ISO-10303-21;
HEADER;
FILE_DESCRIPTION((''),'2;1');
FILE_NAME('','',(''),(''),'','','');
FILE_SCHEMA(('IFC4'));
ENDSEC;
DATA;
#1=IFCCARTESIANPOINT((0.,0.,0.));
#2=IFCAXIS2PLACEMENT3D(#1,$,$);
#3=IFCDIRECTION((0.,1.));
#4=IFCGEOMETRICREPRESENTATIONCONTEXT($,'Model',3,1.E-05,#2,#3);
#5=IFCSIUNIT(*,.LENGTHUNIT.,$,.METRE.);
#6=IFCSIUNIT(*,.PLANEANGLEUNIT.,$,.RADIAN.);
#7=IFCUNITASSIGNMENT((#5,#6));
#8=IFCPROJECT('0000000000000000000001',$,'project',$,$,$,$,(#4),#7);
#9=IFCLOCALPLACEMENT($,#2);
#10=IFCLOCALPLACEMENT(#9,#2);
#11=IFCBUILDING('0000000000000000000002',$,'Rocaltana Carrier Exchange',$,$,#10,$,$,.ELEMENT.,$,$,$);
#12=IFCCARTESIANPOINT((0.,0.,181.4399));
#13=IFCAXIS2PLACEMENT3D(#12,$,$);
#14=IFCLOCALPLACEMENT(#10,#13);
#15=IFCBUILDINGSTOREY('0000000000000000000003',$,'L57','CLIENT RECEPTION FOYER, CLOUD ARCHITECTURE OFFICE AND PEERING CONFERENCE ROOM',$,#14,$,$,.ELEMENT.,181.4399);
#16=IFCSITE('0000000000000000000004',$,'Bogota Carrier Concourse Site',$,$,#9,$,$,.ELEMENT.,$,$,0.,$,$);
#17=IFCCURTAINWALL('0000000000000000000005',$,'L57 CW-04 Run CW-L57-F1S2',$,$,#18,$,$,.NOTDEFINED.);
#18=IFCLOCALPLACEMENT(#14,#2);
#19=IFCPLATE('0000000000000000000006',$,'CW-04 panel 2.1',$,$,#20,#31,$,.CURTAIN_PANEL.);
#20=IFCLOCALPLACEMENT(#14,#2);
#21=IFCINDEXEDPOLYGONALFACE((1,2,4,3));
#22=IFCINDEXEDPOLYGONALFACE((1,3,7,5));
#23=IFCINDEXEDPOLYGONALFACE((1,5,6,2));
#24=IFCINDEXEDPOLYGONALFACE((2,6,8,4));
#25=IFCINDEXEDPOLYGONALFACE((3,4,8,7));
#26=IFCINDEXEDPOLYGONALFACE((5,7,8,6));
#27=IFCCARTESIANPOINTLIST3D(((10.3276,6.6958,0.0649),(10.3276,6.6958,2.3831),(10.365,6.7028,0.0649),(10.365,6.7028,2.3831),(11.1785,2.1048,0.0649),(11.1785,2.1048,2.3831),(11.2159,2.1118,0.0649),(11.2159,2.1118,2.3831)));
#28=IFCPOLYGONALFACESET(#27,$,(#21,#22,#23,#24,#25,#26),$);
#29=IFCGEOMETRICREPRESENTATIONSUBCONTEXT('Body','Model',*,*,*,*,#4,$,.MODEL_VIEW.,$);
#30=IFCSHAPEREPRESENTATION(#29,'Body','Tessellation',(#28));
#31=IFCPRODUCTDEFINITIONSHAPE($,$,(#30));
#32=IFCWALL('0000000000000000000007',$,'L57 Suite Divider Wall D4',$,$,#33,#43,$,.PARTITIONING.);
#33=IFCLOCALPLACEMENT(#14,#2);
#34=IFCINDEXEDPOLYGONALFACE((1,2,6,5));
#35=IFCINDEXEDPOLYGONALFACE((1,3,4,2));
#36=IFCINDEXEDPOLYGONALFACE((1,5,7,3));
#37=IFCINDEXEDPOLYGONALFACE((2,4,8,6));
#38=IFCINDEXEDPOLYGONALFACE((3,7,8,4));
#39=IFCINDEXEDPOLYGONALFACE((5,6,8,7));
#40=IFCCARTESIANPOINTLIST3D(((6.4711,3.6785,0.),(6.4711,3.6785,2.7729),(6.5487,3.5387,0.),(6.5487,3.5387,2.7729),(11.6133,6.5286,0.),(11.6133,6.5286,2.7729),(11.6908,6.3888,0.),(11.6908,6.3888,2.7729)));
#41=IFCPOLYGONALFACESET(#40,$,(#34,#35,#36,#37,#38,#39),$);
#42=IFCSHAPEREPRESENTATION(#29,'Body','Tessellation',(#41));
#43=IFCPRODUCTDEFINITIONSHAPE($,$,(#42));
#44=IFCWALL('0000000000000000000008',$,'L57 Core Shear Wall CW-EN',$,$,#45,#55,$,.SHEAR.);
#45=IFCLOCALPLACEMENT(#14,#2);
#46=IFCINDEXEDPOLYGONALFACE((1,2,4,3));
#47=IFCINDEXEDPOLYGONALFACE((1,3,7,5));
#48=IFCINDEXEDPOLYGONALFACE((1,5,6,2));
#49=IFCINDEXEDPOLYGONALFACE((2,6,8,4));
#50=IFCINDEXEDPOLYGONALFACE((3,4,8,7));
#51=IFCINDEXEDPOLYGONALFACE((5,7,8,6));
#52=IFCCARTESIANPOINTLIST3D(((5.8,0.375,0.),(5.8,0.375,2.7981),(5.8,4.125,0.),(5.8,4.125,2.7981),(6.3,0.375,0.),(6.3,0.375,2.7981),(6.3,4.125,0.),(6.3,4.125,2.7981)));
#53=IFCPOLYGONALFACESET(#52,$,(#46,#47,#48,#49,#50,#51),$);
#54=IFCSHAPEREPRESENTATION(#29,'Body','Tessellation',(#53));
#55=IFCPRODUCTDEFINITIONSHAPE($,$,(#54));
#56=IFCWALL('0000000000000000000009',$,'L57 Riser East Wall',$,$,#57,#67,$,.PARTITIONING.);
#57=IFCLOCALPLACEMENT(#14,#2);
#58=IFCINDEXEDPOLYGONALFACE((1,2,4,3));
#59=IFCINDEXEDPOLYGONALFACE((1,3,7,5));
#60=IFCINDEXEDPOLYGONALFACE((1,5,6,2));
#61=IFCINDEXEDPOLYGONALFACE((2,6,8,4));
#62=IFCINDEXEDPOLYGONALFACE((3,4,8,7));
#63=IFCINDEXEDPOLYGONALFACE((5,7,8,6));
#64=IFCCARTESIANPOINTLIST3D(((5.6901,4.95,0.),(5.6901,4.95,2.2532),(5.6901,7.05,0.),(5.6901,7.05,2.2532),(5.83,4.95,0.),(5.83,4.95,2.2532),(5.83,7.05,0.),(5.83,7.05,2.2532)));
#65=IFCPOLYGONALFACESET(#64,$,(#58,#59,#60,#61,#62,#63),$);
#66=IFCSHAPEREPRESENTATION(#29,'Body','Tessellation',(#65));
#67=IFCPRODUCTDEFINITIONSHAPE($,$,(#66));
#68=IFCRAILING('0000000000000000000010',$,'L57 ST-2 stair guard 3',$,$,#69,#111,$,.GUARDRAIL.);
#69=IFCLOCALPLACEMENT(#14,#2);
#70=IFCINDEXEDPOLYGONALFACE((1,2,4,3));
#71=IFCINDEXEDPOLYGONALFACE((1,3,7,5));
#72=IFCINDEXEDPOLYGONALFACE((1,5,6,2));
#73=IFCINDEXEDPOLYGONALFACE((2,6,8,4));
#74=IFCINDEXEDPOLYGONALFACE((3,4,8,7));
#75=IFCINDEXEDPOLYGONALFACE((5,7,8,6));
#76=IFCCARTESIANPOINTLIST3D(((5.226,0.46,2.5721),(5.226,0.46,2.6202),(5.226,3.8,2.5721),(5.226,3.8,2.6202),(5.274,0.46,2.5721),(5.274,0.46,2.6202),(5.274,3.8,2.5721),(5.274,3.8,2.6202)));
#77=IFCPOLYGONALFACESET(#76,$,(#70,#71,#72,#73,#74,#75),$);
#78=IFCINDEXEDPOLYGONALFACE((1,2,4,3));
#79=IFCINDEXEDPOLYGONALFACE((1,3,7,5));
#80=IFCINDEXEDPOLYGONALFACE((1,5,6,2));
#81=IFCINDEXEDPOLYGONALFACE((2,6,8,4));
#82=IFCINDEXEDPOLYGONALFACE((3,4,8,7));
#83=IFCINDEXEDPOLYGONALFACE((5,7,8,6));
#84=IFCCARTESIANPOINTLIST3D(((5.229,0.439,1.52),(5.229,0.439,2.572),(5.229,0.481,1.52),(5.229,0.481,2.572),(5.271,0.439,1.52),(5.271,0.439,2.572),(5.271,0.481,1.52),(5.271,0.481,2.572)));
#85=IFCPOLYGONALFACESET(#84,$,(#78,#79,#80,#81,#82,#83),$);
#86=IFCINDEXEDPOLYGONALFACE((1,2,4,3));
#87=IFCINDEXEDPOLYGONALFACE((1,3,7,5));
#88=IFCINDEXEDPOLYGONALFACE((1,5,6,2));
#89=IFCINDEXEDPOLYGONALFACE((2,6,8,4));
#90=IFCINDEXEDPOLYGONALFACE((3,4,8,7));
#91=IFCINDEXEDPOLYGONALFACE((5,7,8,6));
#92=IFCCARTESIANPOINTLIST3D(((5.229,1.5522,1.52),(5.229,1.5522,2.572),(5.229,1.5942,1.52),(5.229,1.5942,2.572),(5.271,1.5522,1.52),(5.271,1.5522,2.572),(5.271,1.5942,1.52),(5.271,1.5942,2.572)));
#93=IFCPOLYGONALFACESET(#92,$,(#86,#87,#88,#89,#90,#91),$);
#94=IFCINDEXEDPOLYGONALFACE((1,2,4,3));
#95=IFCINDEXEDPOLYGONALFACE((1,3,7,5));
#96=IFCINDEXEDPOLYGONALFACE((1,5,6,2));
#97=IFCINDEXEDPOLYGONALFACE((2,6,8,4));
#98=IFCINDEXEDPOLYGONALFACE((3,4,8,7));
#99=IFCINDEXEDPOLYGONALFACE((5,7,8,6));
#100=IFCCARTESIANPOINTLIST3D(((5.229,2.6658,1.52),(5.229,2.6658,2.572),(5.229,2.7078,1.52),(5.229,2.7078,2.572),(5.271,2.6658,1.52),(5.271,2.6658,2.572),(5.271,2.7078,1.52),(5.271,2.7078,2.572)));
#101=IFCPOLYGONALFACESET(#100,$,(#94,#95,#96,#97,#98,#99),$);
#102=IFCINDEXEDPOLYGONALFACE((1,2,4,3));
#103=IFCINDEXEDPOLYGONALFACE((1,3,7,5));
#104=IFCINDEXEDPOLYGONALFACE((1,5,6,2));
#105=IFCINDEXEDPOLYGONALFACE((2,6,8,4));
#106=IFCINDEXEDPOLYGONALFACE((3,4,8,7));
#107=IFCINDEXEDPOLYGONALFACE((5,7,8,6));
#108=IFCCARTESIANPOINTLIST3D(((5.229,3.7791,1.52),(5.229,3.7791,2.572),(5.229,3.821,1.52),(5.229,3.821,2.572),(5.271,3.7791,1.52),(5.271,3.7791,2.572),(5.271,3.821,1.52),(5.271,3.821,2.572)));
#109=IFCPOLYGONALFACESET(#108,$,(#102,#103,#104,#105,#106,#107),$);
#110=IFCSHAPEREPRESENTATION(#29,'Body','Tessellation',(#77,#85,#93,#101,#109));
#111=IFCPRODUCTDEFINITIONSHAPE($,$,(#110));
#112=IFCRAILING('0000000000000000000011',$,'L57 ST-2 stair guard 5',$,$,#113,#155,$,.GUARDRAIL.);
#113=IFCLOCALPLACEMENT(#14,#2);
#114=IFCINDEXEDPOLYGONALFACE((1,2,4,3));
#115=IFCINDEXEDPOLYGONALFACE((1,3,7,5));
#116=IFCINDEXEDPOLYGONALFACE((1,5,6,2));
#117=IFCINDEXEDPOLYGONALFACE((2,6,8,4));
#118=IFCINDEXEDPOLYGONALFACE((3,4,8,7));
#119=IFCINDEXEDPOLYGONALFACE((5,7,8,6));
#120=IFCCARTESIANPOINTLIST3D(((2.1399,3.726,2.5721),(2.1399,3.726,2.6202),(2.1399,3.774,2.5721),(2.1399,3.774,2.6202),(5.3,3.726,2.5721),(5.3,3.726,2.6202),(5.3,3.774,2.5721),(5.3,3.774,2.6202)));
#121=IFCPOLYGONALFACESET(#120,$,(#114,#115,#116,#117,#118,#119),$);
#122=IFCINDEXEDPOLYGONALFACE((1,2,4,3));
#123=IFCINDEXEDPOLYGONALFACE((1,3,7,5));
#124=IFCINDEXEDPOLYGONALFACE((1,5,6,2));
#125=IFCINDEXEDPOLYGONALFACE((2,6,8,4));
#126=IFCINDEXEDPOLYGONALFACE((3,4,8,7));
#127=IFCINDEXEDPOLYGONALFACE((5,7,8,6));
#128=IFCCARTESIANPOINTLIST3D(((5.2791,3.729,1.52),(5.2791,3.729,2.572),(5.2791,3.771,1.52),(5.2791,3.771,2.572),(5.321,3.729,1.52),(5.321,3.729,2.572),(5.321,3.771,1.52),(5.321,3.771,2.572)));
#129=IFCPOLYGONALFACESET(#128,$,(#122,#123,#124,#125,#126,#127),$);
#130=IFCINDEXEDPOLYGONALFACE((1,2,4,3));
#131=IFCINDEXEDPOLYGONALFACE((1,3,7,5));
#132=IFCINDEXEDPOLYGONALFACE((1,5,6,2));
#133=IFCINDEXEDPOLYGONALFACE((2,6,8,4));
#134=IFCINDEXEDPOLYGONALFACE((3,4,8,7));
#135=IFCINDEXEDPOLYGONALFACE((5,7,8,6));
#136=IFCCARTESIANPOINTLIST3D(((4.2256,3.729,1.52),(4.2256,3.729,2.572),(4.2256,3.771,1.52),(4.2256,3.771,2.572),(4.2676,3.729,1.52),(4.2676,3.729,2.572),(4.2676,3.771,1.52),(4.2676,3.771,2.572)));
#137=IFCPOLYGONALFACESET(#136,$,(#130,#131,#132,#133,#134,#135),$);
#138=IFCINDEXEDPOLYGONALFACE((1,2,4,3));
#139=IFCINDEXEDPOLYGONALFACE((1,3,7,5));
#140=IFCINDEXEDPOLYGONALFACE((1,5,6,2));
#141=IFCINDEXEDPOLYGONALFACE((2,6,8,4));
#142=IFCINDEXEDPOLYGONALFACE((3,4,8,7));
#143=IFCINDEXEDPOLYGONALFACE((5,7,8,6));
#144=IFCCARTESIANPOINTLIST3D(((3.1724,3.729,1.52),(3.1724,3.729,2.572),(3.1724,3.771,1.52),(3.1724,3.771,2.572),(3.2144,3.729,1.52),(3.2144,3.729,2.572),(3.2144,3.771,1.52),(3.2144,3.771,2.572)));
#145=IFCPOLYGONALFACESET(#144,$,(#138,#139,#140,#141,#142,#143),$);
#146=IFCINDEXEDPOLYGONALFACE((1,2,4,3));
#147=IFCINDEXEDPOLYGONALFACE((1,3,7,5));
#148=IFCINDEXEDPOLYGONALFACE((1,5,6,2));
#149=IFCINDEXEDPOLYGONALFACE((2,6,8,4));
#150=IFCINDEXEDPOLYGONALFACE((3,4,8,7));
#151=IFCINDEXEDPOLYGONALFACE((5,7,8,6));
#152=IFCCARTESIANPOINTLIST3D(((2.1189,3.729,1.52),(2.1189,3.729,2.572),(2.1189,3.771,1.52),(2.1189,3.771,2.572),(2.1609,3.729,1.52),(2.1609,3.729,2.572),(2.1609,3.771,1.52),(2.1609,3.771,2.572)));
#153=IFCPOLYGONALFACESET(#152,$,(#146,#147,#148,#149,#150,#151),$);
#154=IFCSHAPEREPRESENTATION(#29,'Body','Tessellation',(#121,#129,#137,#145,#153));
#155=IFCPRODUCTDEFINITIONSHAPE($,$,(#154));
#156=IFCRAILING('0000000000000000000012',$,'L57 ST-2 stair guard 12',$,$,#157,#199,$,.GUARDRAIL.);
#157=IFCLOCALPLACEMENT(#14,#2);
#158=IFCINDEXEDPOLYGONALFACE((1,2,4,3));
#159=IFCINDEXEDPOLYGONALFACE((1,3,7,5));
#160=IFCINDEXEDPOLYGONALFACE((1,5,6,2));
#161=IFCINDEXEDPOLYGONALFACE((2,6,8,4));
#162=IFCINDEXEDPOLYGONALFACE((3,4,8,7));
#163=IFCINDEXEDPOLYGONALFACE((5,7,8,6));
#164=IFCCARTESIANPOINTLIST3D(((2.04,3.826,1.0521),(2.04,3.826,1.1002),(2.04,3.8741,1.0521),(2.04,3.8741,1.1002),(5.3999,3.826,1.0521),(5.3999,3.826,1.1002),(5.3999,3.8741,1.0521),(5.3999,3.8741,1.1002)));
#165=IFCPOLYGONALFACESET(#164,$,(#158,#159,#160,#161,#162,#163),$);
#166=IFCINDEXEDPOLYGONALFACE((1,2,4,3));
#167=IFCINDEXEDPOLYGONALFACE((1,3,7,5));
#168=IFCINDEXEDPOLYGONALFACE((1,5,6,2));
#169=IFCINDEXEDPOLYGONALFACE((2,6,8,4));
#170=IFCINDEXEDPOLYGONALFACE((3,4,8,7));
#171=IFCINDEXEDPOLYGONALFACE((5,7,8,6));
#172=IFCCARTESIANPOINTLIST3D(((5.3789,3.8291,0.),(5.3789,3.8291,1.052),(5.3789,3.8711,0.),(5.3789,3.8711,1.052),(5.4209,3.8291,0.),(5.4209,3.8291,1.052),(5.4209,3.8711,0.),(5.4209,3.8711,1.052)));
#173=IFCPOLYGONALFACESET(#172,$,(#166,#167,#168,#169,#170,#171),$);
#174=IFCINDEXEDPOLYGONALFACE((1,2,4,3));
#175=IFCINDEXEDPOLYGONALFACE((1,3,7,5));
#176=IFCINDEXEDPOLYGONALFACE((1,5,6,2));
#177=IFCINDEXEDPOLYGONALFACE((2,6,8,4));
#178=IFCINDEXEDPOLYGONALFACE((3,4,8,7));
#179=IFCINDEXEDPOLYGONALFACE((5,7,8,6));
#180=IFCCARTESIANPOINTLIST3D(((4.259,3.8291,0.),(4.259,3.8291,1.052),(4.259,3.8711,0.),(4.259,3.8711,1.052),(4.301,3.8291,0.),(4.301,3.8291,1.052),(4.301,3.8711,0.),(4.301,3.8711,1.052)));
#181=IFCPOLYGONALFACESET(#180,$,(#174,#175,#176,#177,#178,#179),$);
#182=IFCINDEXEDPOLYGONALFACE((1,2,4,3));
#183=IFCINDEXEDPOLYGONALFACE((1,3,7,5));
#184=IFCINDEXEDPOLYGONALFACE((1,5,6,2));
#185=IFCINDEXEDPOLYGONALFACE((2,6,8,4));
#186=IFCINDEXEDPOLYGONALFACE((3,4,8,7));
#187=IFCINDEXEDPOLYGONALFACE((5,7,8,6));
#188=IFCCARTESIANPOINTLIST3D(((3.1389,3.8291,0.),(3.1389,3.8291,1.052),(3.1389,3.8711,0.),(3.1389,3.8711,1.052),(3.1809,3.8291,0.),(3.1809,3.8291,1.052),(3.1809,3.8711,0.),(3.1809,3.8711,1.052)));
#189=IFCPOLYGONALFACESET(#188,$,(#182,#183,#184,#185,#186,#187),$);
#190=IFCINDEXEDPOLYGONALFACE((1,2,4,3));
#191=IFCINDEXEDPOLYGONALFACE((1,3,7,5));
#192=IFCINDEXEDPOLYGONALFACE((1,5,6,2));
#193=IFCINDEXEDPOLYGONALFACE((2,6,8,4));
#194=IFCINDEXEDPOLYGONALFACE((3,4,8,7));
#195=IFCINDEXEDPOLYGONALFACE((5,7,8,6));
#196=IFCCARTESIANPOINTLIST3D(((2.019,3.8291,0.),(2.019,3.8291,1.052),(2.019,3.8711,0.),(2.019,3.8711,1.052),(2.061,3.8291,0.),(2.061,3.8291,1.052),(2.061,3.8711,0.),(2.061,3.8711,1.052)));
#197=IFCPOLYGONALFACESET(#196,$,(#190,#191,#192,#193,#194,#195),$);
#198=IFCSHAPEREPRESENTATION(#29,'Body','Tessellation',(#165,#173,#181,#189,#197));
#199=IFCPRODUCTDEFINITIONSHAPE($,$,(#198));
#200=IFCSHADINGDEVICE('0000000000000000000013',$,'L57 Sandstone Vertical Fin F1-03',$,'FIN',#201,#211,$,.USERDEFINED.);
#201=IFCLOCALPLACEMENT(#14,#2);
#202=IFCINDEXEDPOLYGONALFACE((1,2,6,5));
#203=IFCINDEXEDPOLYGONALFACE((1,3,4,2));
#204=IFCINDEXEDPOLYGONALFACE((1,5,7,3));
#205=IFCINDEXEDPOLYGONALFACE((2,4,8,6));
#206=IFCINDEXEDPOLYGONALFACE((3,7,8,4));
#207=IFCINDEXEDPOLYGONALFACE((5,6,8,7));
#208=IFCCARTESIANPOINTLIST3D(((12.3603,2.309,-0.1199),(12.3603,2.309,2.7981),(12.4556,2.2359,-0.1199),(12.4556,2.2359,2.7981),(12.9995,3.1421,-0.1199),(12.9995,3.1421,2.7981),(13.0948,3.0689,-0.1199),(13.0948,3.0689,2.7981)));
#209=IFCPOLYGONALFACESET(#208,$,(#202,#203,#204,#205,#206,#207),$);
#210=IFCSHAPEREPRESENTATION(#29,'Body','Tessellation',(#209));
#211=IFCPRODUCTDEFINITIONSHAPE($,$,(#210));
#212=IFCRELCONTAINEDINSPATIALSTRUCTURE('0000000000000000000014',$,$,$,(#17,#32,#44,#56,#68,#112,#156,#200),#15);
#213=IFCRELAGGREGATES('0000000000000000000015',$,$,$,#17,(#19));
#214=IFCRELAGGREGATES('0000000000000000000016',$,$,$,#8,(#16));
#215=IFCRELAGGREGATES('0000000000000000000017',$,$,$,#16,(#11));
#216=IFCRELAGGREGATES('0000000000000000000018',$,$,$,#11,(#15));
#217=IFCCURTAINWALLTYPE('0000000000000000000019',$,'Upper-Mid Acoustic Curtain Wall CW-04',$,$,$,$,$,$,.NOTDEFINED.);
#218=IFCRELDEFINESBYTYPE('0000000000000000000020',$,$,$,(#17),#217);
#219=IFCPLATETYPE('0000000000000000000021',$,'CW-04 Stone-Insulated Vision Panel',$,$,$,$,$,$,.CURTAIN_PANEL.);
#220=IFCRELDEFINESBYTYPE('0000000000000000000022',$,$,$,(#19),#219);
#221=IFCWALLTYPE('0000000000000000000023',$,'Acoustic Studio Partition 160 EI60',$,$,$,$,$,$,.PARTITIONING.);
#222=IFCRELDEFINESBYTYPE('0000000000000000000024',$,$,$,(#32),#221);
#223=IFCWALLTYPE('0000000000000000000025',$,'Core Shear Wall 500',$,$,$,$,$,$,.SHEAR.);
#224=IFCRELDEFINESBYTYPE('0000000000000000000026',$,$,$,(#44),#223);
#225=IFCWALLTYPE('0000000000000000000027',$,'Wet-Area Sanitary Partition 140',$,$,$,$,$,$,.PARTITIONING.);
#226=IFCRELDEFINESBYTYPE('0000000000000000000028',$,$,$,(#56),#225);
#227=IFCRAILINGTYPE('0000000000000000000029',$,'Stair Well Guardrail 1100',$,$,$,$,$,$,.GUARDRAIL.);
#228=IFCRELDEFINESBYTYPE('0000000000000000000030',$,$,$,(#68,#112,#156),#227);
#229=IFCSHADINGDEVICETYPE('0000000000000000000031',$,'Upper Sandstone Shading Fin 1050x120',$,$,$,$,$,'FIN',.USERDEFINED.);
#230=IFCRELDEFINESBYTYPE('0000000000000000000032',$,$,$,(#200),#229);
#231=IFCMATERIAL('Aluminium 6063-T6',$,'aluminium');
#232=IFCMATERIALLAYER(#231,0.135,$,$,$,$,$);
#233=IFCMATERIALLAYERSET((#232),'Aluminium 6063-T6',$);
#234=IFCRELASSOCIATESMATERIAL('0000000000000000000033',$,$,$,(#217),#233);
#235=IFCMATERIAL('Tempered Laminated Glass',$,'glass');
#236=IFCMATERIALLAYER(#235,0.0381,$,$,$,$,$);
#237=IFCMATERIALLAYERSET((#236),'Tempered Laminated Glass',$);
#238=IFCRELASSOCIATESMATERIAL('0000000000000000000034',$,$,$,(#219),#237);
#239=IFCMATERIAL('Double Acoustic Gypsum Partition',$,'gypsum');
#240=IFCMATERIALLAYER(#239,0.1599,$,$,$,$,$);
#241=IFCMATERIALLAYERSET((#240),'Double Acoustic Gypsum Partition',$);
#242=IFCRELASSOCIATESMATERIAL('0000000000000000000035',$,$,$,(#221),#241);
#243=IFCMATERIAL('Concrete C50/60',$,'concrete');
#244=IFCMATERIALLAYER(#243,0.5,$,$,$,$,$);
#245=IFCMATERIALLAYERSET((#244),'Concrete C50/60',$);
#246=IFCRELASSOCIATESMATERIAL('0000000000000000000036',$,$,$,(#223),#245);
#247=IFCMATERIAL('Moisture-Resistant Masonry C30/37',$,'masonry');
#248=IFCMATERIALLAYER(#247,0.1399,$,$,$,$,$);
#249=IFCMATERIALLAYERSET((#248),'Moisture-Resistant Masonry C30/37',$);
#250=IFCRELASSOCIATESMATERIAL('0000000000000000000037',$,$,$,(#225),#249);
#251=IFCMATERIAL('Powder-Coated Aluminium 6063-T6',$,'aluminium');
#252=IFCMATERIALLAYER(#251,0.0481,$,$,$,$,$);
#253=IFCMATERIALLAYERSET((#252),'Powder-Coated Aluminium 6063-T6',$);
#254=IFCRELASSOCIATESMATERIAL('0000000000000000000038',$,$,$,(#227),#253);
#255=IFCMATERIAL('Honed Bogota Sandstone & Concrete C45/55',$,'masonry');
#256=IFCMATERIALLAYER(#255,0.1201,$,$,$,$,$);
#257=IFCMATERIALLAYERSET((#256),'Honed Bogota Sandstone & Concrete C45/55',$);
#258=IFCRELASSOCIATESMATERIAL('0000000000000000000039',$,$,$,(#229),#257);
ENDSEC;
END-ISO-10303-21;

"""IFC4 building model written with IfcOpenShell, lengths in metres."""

from ifc_helpers import new_model, si_unit, direction, frame, frame_2d, origin, origin_2d, place, context, subcontext, project, spatial, rectangle, extrude, material, layer, layer_set, type_object, element, aggregate, save


model = new_model("IFC4")

# Units and contexts
model_context = context("Model", 3, precision=1e-05, world=origin(), true_north=direction((0.0, 1.0)))
body_context = subcontext(model_context, "Body", "Model", "MODEL_VIEW")
ifc_project = project(units=[si_unit("LENGTHUNIT", "METRE"), si_unit("PLANEANGLEUNIT", "RADIAN")], contexts=[model_context])

# Site, building, storey
site_placement = place(None, origin())
site = spatial("IfcSite", under=ifc_project, at=site_placement, Name="Bogota Carrier Concourse Site", CompositionType="ELEMENT", RefElevation=0.0)
building_placement = place(site_placement, origin())
building = spatial("IfcBuilding", under=site, at=building_placement, Name="Rocaltana Carrier Exchange", CompositionType="ELEMENT")
storey_placement = place(building_placement, frame((0.0, 0.0, 181.4399)))
storey = spatial("IfcBuildingStorey", under=building, at=storey_placement, Name="L57", Description="CLIENT RECEPTION FOYER, CLOUD ARCHITECTURE OFFICE AND PEERING CONFERENCE ROOM", CompositionType="ELEMENT", Elevation=181.4399)

# Curtain wall
ifc_material_1 = material(Name="Aluminium 6063-T6", Category="aluminium")
ifc_layer_1 = layer(ifc_material_1, 0.135)
ifc_layer_set_1 = layer_set([ifc_layer_1], Name="Aluminium 6063-T6")
curtain_wall_type = type_object("IfcCurtainWallType", Name="Upper-Mid Acoustic Curtain Wall CW-04", PredefinedType="NOTDEFINED", material=ifc_layer_set_1)
curtain_wall_placement = place(storey_placement, origin())
curtain_wall = element("IfcCurtainWall", 1, at=curtain_wall_placement, inside=storey, type_object=curtain_wall_type, Name="L57 CW-04 Run CW-L57-F1S2", PredefinedType="NOTDEFINED")

# Plate
ifc_material_2 = material(Name="Tempered Laminated Glass", Category="glass")
ifc_layer_2 = layer(ifc_material_2, 0.0381)
ifc_layer_set_2 = layer_set([ifc_layer_2], Name="Tempered Laminated Glass")
plate_type = type_object("IfcPlateType", Name="CW-04 Stone-Insulated Vision Panel", PredefinedType="CURTAIN_PANEL", material=ifc_layer_set_2)
plate_placement = place(storey_placement, frame((10.7717, 4.4038, 0.0649), z_axis=(0.0, 0.0, 1.0), x_axis=(-0.182236, 0.983255, 0.0)))
plate = element("IfcPlate", 2, at=plate_placement, type_object=plate_type, Name="CW-04 panel 2.1", PredefinedType="CURTAIN_PANEL", context=body_context, shape_type="SweptSolid", body=[
    extrude(rectangle(XDim=4.6692, YDim=0.0381, at=origin_2d()), origin(), (0.0, 0.0, 1.0), 2.3181),
])
aggregate(curtain_wall, [plate])

# Walls
ifc_material_3 = material(Name="Double Acoustic Gypsum Partition", Category="gypsum")
ifc_layer_3 = layer(ifc_material_3, 0.1599)
ifc_layer_set_3 = layer_set([ifc_layer_3], Name="Double Acoustic Gypsum Partition")
wall_type_1 = type_object("IfcWallType", Name="Acoustic Studio Partition 160 EI60", PredefinedType="PARTITIONING", material=ifc_layer_set_3)
wall_1_placement = place(storey_placement, frame((6.51, 3.6086, 0.0), z_axis=(0.0, 0.0, 1.0), x_axis=(0.874635, 0.484782, 0.0)))
element("IfcWall", 3, at=wall_1_placement, inside=storey, type_object=wall_type_1, Name="L57 Suite Divider Wall D4", PredefinedType="PARTITIONING", context=body_context, shape_type="SweptSolid", body=[
    extrude(rectangle(XDim=5.8792, YDim=0.1599, at=frame_2d((2.9395, 0.0))), origin(), (0.0, 0.0, 1.0), 2.7729),
])
ifc_material_4 = material(Name="Concrete C50/60", Category="concrete")
ifc_layer_4 = layer(ifc_material_4, 0.5)
ifc_layer_set_4 = layer_set([ifc_layer_4], Name="Concrete C50/60")
wall_type_2 = type_object("IfcWallType", Name="Core Shear Wall 500", PredefinedType="SHEAR", material=ifc_layer_set_4)
wall_2_placement = place(storey_placement, frame((6.05, 0.375, 0.0), z_axis=(0.0, 0.0, 1.0), x_axis=(0.0, 1.0, 0.0)))
element("IfcWall", 4, at=wall_2_placement, inside=storey, type_object=wall_type_2, Name="L57 Core Shear Wall CW-EN", PredefinedType="SHEAR", context=body_context, shape_type="SweptSolid", body=[
    extrude(rectangle(XDim=3.75, YDim=0.5, at=frame_2d((1.875, 0.0))), origin(), (0.0, 0.0, 1.0), 2.7981),
])
ifc_material_5 = material(Name="Moisture-Resistant Masonry C30/37", Category="masonry")
ifc_layer_5 = layer(ifc_material_5, 0.1399)
ifc_layer_set_5 = layer_set([ifc_layer_5], Name="Moisture-Resistant Masonry C30/37")
wall_type_3 = type_object("IfcWallType", Name="Wet-Area Sanitary Partition 140", PredefinedType="PARTITIONING", material=ifc_layer_set_5)
wall_3_placement = place(storey_placement, frame((5.76, 4.95, 0.0), z_axis=(0.0, 0.0, 1.0), x_axis=(0.0, 1.0, 0.0)))
element("IfcWall", 5, at=wall_3_placement, inside=storey, type_object=wall_type_3, Name="L57 Riser East Wall", PredefinedType="PARTITIONING", context=body_context, shape_type="SweptSolid", body=[
    extrude(rectangle(XDim=2.1001, YDim=0.1399, at=frame_2d((1.05, 0.0))), origin(), (0.0, 0.0, 1.0), 2.2532),
])

# Railings
ifc_material_6 = material(Name="Powder-Coated Aluminium 6063-T6", Category="aluminium")
ifc_layer_6 = layer(ifc_material_6, 0.0481)
ifc_layer_set_6 = layer_set([ifc_layer_6], Name="Powder-Coated Aluminium 6063-T6")
railing_type = type_object("IfcRailingType", Name="Stair Well Guardrail 1100", PredefinedType="GUARDRAIL", material=ifc_layer_set_6)
railing_1_placement = place(storey_placement, frame((5.25, 0.46, 1.52)))
element("IfcRailing", 6, at=railing_1_placement, inside=storey, type_object=railing_type, Name="L57 ST-2 stair guard 3", PredefinedType="GUARDRAIL", context=body_context, shape_type="SweptSolid", body=[
    extrude(rectangle(XDim=0.0481, YDim=0.0481, at=origin_2d()), frame((0.0, 0.0, 1.0762), z_axis=(0.0, 1.0, 0.0), x_axis=(-1.0, 0.0, 0.0)), (0.0, 0.0, 1.0), 3.3401),
    extrude(rectangle(XDim=0.042, YDim=0.042, at=origin_2d()), origin(), (0.0, 0.0, 1.0), 1.052),
    extrude(rectangle(XDim=0.042, YDim=0.042, at=origin_2d()), frame((0.0, 1.1133, 0.0)), (0.0, 0.0, 1.0), 1.052),
    extrude(rectangle(XDim=0.042, YDim=0.042, at=origin_2d()), frame((0.0, 2.2268, 0.0)), (0.0, 0.0, 1.0), 1.052),
    extrude(rectangle(XDim=0.042, YDim=0.042, at=origin_2d()), frame((0.0, 3.3401, 0.0)), (0.0, 0.0, 1.0), 1.052),
])
railing_2_placement = place(storey_placement, frame((5.3, 3.75, 1.52)))
element("IfcRailing", 7, at=railing_2_placement, inside=storey, type_object=railing_type, Name="L57 ST-2 stair guard 5", PredefinedType="GUARDRAIL", context=body_context, shape_type="SweptSolid", body=[
    extrude(rectangle(XDim=0.0481, YDim=0.0481, at=origin_2d()), frame((0.0, 0.0, 1.0762), z_axis=(-1.0, 0.0, 0.0), x_axis=(0.0, -1.0, 0.0)), (0.0, 0.0, 1.0), 3.1602),
    extrude(rectangle(XDim=0.042, YDim=0.042, at=origin_2d()), origin(), (0.0, 0.0, 1.0), 1.052),
    extrude(rectangle(XDim=0.042, YDim=0.042, at=origin_2d()), frame((-1.0535, 0.0, 0.0)), (0.0, 0.0, 1.0), 1.052),
    extrude(rectangle(XDim=0.042, YDim=0.042, at=origin_2d()), frame((-2.1067, 0.0, 0.0)), (0.0, 0.0, 1.0), 1.052),
    extrude(rectangle(XDim=0.042, YDim=0.042, at=origin_2d()), frame((-3.1602, 0.0, 0.0)), (0.0, 0.0, 1.0), 1.052),
])
railing_3_placement = place(storey_placement, frame((5.3999, 3.8501, 0.0)))
element("IfcRailing", 8, at=railing_3_placement, inside=storey, type_object=railing_type, Name="L57 ST-2 stair guard 12", PredefinedType="GUARDRAIL", context=body_context, shape_type="SweptSolid", body=[
    extrude(rectangle(XDim=0.0481, YDim=0.0481, at=origin_2d()), frame((0.0, 0.0, 1.0762), z_axis=(-1.0, 0.0, 0.0), x_axis=(0.0, -1.0, 0.0)), (0.0, 0.0, 1.0), 3.3599),
    extrude(rectangle(XDim=0.042, YDim=0.042, at=origin_2d()), origin(), (0.0, 0.0, 1.0), 1.052),
    extrude(rectangle(XDim=0.042, YDim=0.042, at=origin_2d()), frame((-1.1199, 0.0, 0.0)), (0.0, 0.0, 1.0), 1.052),
    extrude(rectangle(XDim=0.042, YDim=0.042, at=origin_2d()), frame((-2.24, 0.0, 0.0)), (0.0, 0.0, 1.0), 1.052),
    extrude(rectangle(XDim=0.042, YDim=0.042, at=origin_2d()), frame((-3.3599, 0.0, 0.0)), (0.0, 0.0, 1.0), 1.052),
])

# Shading device
ifc_material_7 = material(Name="Honed Bogota Sandstone & Concrete C45/55", Category="masonry")
ifc_layer_7 = layer(ifc_material_7, 0.1201)
ifc_layer_set_7 = layer_set([ifc_layer_7], Name="Honed Bogota Sandstone & Concrete C45/55")
shading_device_type = type_object("IfcShadingDeviceType", Name="Upper Sandstone Shading Fin 1050x120", ElementType="FIN", PredefinedType="USERDEFINED", material=ifc_layer_set_7)
shading_device_placement = place(storey_placement, frame((12.7275, 2.689, -0.1199), z_axis=(0.0, 0.0, 1.0), x_axis=(0.608761, 0.793353, 0.0)))
element("IfcShadingDevice", 9, at=shading_device_placement, inside=storey, type_object=shading_device_type, Name="L57 Sandstone Vertical Fin F1-03", ObjectType="FIN", PredefinedType="USERDEFINED", context=body_context, shape_type="SweptSolid", body=[
    extrude(rectangle(XDim=1.05, YDim=0.1201, at=origin_2d()), origin(), (0.0, 0.0, 1.0), 2.918),
])

save(model, "model.ifc")
